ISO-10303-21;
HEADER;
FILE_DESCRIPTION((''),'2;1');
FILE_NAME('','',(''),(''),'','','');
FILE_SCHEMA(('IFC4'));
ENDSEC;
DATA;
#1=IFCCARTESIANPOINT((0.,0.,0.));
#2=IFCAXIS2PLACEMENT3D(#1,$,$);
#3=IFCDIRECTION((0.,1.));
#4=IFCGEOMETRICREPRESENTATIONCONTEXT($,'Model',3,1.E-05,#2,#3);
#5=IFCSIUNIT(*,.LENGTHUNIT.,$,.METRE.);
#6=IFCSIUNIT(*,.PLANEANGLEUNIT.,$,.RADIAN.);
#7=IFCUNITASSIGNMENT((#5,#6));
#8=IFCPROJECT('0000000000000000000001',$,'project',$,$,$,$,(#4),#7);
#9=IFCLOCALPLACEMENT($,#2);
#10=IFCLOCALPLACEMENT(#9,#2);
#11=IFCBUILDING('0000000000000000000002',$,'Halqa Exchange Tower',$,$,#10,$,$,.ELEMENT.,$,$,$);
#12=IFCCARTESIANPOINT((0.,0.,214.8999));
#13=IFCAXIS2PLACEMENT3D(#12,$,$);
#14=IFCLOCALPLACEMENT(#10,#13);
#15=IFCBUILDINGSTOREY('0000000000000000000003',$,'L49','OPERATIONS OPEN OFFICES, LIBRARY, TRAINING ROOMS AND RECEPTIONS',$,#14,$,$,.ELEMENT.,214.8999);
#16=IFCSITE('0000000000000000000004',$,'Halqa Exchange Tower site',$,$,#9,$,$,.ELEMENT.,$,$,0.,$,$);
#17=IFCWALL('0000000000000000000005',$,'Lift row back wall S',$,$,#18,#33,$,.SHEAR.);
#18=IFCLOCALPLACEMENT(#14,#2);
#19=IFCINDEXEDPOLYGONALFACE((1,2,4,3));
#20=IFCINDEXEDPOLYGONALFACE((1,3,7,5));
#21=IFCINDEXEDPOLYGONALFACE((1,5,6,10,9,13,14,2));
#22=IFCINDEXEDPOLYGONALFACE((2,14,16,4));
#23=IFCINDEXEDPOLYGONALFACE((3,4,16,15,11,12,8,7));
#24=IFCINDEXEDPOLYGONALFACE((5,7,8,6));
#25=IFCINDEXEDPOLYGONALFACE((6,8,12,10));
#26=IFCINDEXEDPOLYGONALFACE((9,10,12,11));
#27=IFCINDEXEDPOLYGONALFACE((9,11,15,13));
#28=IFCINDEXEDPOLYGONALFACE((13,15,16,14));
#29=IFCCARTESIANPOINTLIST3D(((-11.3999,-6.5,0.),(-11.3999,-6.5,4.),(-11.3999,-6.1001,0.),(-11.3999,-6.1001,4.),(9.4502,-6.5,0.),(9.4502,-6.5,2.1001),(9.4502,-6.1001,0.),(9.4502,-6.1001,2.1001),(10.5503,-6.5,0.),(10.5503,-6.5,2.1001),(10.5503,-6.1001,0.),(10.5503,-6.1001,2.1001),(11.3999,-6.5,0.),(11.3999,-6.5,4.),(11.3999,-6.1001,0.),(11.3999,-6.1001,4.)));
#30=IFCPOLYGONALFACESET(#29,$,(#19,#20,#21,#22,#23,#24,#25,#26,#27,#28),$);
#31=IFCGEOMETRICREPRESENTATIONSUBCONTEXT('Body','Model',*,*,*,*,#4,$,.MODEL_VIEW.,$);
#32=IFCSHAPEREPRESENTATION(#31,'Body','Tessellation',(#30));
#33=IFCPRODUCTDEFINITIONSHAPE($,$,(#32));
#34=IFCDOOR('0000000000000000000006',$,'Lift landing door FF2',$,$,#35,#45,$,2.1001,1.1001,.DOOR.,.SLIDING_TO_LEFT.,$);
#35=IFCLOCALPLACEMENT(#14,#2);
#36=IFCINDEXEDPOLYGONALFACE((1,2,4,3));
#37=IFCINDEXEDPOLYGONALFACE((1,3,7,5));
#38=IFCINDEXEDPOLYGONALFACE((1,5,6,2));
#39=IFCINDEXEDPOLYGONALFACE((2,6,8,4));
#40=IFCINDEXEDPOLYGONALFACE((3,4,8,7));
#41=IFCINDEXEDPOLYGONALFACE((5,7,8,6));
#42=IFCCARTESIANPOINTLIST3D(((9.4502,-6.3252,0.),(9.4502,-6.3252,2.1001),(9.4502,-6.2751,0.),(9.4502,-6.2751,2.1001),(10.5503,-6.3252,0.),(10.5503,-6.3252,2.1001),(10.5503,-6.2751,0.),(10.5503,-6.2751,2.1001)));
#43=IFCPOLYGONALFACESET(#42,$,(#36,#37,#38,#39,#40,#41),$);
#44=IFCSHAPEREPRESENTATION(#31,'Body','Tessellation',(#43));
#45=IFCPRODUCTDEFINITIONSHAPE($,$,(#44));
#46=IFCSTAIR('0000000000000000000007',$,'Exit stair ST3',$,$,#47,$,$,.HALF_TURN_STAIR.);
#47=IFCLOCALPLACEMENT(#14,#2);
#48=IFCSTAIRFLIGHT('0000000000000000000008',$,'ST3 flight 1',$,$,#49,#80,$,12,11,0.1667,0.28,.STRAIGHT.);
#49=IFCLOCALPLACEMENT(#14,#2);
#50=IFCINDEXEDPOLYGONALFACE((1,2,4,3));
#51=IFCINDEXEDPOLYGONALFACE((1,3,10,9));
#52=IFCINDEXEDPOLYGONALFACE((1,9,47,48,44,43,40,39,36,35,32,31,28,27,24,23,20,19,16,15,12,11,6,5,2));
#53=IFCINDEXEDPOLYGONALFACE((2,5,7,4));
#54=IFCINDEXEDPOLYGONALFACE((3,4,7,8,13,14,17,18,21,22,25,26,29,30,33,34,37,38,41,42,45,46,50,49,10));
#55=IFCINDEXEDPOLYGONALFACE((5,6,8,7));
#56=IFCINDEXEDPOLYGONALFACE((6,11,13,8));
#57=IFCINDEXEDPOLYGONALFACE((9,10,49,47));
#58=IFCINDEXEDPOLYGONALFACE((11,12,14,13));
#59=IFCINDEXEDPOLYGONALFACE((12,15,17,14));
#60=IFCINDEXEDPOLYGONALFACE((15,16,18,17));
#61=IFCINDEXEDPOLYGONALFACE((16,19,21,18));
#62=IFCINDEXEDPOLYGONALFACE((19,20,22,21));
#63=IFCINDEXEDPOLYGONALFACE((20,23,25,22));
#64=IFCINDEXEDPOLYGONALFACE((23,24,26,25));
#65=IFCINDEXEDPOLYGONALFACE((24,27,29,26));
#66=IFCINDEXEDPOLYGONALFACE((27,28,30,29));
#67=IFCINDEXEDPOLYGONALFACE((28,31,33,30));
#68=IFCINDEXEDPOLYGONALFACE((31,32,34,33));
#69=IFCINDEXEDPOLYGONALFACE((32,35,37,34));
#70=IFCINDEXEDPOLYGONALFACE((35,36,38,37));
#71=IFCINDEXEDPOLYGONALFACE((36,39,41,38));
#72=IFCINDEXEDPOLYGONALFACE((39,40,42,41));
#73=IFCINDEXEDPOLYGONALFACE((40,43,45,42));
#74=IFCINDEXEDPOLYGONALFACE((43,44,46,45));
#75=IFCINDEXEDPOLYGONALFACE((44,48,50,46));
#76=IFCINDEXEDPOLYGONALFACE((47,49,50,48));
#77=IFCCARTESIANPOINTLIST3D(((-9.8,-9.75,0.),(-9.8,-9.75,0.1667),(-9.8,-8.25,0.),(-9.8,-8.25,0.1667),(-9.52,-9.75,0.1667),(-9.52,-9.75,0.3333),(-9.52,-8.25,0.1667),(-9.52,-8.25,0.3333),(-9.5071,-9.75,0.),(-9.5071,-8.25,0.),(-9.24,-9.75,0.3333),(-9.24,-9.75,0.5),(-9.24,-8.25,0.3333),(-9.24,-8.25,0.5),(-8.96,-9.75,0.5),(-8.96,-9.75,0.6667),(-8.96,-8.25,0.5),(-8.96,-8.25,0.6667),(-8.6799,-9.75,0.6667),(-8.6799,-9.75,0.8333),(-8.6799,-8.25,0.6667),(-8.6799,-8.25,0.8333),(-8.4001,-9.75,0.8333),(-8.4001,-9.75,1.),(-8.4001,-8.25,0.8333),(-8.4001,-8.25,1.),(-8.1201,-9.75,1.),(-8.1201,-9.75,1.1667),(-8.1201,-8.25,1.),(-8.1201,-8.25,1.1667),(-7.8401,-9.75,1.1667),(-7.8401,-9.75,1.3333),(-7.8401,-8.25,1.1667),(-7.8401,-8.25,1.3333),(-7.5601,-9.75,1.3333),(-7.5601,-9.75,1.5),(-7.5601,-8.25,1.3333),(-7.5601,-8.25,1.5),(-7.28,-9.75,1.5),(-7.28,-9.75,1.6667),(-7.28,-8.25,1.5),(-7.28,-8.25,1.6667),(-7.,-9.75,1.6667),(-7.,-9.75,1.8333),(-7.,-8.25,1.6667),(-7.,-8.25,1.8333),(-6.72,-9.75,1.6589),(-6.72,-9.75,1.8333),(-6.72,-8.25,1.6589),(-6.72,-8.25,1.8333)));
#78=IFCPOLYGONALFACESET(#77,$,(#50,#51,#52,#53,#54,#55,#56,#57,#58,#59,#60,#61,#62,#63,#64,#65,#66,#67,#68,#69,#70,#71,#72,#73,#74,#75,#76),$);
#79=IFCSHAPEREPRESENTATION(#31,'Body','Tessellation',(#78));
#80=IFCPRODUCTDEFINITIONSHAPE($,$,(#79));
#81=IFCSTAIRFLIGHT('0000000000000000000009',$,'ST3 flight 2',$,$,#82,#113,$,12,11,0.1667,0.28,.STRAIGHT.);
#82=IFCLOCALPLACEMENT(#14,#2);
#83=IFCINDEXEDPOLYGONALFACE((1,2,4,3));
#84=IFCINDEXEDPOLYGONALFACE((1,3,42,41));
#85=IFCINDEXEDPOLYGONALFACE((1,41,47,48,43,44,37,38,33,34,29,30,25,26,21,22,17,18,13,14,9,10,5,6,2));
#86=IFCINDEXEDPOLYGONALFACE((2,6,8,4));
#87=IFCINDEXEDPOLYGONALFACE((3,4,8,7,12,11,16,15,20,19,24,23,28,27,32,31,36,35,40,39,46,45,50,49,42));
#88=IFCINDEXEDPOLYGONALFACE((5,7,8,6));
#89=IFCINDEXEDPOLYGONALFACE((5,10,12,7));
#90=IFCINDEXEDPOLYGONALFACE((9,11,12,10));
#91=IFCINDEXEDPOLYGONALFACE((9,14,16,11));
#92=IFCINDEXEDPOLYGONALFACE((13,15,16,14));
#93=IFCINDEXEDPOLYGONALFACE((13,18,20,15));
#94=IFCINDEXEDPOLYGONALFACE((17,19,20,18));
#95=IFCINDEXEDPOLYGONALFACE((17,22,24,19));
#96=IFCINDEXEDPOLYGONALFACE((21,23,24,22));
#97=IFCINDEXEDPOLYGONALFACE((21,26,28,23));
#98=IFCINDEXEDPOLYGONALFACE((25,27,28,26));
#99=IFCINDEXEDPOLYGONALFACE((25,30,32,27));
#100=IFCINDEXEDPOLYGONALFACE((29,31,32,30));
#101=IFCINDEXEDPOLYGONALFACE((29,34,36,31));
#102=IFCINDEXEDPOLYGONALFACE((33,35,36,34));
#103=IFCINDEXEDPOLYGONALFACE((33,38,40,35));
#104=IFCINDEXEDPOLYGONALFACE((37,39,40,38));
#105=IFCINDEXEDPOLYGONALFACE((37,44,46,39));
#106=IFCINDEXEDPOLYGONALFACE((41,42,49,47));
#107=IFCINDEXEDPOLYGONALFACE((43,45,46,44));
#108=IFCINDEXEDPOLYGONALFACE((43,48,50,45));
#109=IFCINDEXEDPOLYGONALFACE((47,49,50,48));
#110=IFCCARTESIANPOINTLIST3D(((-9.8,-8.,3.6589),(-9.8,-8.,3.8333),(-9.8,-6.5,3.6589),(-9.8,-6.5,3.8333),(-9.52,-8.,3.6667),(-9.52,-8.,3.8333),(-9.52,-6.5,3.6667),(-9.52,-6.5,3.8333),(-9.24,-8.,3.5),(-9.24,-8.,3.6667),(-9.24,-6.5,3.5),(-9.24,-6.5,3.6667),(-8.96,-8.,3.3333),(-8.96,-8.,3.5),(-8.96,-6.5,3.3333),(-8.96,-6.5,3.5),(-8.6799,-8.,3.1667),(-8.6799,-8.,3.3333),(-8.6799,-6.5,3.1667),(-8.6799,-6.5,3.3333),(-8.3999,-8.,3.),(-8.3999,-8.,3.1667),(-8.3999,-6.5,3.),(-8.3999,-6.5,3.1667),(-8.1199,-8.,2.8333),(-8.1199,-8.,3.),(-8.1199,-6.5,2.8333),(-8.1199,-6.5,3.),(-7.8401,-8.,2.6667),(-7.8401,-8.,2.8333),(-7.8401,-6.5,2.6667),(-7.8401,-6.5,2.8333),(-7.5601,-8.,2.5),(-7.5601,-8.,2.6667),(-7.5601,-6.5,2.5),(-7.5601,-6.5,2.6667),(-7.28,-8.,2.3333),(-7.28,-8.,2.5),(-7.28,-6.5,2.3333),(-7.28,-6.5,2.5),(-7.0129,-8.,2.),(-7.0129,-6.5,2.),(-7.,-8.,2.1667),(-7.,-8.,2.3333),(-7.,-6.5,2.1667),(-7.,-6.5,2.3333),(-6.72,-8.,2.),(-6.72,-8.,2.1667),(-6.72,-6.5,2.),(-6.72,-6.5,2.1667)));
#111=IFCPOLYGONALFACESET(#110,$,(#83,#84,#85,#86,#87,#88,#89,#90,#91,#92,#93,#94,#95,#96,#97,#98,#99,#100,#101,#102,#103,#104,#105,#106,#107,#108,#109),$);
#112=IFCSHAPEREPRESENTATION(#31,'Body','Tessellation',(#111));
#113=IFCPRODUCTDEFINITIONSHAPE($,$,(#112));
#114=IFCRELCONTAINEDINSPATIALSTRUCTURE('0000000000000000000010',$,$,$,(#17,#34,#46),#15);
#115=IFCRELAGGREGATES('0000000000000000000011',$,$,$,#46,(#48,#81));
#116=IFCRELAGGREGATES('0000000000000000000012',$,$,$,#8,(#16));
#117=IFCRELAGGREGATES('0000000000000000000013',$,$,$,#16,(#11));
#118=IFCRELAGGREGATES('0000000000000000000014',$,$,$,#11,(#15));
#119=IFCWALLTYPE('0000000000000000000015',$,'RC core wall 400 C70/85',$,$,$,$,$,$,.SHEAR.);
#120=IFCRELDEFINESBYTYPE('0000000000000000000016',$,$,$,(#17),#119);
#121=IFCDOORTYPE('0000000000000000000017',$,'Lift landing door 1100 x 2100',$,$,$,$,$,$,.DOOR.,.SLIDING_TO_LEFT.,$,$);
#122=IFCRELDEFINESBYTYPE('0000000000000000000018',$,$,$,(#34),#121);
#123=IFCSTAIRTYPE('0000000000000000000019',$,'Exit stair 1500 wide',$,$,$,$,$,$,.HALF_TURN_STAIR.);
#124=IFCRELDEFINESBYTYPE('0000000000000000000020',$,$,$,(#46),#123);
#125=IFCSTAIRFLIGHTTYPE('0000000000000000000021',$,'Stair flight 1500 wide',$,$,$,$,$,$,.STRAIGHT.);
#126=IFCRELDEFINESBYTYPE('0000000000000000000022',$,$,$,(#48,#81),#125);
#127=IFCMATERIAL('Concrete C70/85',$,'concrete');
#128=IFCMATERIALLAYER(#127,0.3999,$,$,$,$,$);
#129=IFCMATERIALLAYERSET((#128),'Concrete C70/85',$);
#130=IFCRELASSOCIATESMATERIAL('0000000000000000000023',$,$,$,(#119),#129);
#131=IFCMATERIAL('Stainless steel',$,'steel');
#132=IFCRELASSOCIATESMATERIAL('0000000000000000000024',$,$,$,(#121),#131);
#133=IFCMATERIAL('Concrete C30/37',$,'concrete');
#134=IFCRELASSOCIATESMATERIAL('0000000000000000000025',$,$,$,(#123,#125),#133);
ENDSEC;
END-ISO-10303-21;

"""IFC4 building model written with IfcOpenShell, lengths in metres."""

from ifc_helpers import new_model, si_unit, direction, frame, frame_2d, origin, place, context, subcontext, project, spatial, polyline, rectangle, outline, extrude, material, layer, layer_set, type_object, element, fill, aggregate, save


model = new_model("IFC4")

# Units and contexts
model_context = context("Model", 3, precision=1e-05, world=origin(), true_north=direction((0.0, 1.0)))
body_context = subcontext(model_context, "Body", "Model", "MODEL_VIEW")
ifc_project = project(units=[si_unit("LENGTHUNIT", "METRE"), si_unit("PLANEANGLEUNIT", "RADIAN")], contexts=[model_context])

# Site, building, storey
site_placement = place(None, origin())
site = spatial("IfcSite", under=ifc_project, at=site_placement, Name="Halqa Exchange Tower site", CompositionType="ELEMENT", RefElevation=0.0)
building_placement = place(site_placement, origin())
building = spatial("IfcBuilding", under=site, at=building_placement, Name="Halqa Exchange Tower", CompositionType="ELEMENT")
storey_placement = place(building_placement, frame((0.0, 0.0, 214.8999)))
storey = spatial("IfcBuildingStorey", under=building, at=storey_placement, Name="L49", Description="OPERATIONS OPEN OFFICES, LIBRARY, TRAINING ROOMS AND RECEPTIONS", CompositionType="ELEMENT", Elevation=214.8999)

# Shared definitions
ifc_material_1 = material(Name="Concrete C70/85", Category="concrete")
ifc_layer_1 = layer(ifc_material_1, 0.3999)
ifc_layer_set_1 = layer_set([ifc_layer_1], Name="Concrete C70/85")
wall_type_1 = type_object("IfcWallType", Name="RC core wall 400 C70/85", PredefinedType="SHEAR", material=ifc_layer_set_1)
ifc_material_2 = material(Name="Stainless steel", Category="steel")
door_type_1 = type_object("IfcDoorType", Name="Lift landing door 1100 x 2100", OperationType="SLIDING_TO_LEFT", PredefinedType="DOOR", material=ifc_material_2)

# Wall, opening, door
wall_1_placement = place(storey_placement, frame((-11.3999, -6.3, 0.0), z_axis=(0.0, 0.0, 1.0), x_axis=(1.0, 0.0, 0.0)))
wall_1 = element("IfcWall", 1, at=wall_1_placement, inside=storey, type_object=wall_type_1, Name="Lift row back wall S", PredefinedType="SHEAR", context=body_context, shape_type="SweptSolid", body=[
    extrude(rectangle(XDim=22.7998, YDim=0.3999, at=frame_2d((11.3999, 0.0))), origin(), (0.0, 0.0, 1.0), 4.0),
])
opening_1_placement = place(wall_1_placement, frame((20.8501, 0.0, 0.0)))
opening_1 = element("IfcOpeningElement", 2, at=opening_1_placement, cuts=wall_1, PredefinedType="OPENING", context=body_context, shape_type="SweptSolid", body=[
    extrude(rectangle(XDim=1.1001, YDim=2.1001, at=frame_2d((0.55, 1.05))), frame((0.0, 0.2119, 0.0), z_axis=(0.0, -1.0, 0.0), x_axis=(1.0, 0.0, 0.0)), (0.0, 0.0, 1.0), 0.4238),
])
door_1_placement = place(opening_1_placement, origin())
door_1 = element("IfcDoor", 3, at=door_1_placement, inside=storey, type_object=door_type_1, Name="Lift landing door FF2", OperationType="SLIDING_TO_LEFT", OverallHeight=2.1001, OverallWidth=1.1001, PredefinedType="DOOR", context=body_context, shape_type="SweptSolid", body=[
    extrude(rectangle(XDim=1.1001, YDim=2.1001, at=frame_2d((0.55, 1.05))), frame((0.0, 0.0249, 0.0), z_axis=(0.0, -1.0, 0.0), x_axis=(1.0, 0.0, 0.0)), (0.0, 0.0, 1.0), 0.05),
])
fill(opening_1, door_1)

# Stair, stair flights
ifc_material_3 = material(Name="Concrete C30/37", Category="concrete")
stair_type = type_object("IfcStairType", Name="Exit stair 1500 wide", PredefinedType="HALF_TURN_STAIR", material=ifc_material_3)
stair_placement = place(storey_placement, origin())
stair = element("IfcStair", 4, at=stair_placement, inside=storey, type_object=stair_type, Name="Exit stair ST3", PredefinedType="HALF_TURN_STAIR")
stair_flight_type = type_object("IfcStairFlightType", Name="Stair flight 1500 wide", PredefinedType="STRAIGHT", material=ifc_material_3)
stair_flight_1_placement = place(storey_placement, frame((-9.8, -9.0, 0.0), z_axis=(0.0, 0.0, 1.0), x_axis=(1.0, 0.0, 0.0)))
stair_flight_1 = element("IfcStairFlight", 5, at=stair_flight_1_placement, type_object=stair_flight_type, Name="ST3 flight 1", NumberOfRisers=12, NumberOfTreads=11, PredefinedType="STRAIGHT", RiserHeight=0.1667, TreadLength=0.28, context=body_context, shape_type="SweptSolid", body=[
    extrude(outline(polyline([(0.0, 0.0), (0.0, 0.1667), (0.28, 0.1667), (0.28, 0.3333), (0.5601, 0.3333), (0.5601, 0.5), (0.8401, 0.5), (0.8401, 0.6667), (1.1201, 0.6667), (1.1201, 0.8333), (1.3999, 0.8333), (1.3999, 1.0), (1.6799, 1.0), (1.6799, 1.1667), (1.96, 1.1667), (1.96, 1.3333), (2.24, 1.3333), (2.24, 1.5), (2.52, 1.5), (2.52, 1.6667), (2.8, 1.6667), (2.8, 1.8333), (3.0801, 1.8333), (3.0801, 2.0), (3.0801, 1.6589), (0.293, 0.0), (0.0, 0.0)])), frame((0.0, 0.75, 0.0), z_axis=(0.0, -1.0, 0.0), x_axis=(1.0, 0.0, 0.0)), (0.0, 0.0, 1.0), 1.5),
])
stair_flight_2_placement = place(storey_placement, frame((-6.72, -7.25, 2.0), z_axis=(0.0, 0.0, 1.0), x_axis=(-1.0, 0.0, 0.0)))
stair_flight_2 = element("IfcStairFlight", 6, at=stair_flight_2_placement, type_object=stair_flight_type, Name="ST3 flight 2", NumberOfRisers=12, NumberOfTreads=11, PredefinedType="STRAIGHT", RiserHeight=0.1667, TreadLength=0.28, context=body_context, shape_type="SweptSolid", body=[
    extrude(outline(polyline([(0.0, 0.0), (0.0, 0.1667), (0.28, 0.1667), (0.28, 0.3333), (0.5601, 0.3333), (0.5601, 0.5), (0.8401, 0.5), (0.8401, 0.6667), (1.1201, 0.6667), (1.1201, 0.8333), (1.3999, 0.8333), (1.3999, 1.0), (1.6799, 1.0), (1.6799, 1.1667), (1.96, 1.1667), (1.96, 1.3333), (2.24, 1.3333), (2.24, 1.5), (2.52, 1.5), (2.52, 1.6667), (2.8, 1.6667), (2.8, 1.8333), (3.0801, 1.8333), (3.0801, 2.0), (3.0801, 1.6589), (0.293, 0.0), (0.0, 0.0)])), frame((0.0, 0.75, 0.0), z_axis=(0.0, -1.0, 0.0), x_axis=(1.0, 0.0, 0.0)), (0.0, 0.0, 1.0), 1.5),
])
aggregate(stair, [stair_flight_1, stair_flight_2])

save(model, "model.ifc")
